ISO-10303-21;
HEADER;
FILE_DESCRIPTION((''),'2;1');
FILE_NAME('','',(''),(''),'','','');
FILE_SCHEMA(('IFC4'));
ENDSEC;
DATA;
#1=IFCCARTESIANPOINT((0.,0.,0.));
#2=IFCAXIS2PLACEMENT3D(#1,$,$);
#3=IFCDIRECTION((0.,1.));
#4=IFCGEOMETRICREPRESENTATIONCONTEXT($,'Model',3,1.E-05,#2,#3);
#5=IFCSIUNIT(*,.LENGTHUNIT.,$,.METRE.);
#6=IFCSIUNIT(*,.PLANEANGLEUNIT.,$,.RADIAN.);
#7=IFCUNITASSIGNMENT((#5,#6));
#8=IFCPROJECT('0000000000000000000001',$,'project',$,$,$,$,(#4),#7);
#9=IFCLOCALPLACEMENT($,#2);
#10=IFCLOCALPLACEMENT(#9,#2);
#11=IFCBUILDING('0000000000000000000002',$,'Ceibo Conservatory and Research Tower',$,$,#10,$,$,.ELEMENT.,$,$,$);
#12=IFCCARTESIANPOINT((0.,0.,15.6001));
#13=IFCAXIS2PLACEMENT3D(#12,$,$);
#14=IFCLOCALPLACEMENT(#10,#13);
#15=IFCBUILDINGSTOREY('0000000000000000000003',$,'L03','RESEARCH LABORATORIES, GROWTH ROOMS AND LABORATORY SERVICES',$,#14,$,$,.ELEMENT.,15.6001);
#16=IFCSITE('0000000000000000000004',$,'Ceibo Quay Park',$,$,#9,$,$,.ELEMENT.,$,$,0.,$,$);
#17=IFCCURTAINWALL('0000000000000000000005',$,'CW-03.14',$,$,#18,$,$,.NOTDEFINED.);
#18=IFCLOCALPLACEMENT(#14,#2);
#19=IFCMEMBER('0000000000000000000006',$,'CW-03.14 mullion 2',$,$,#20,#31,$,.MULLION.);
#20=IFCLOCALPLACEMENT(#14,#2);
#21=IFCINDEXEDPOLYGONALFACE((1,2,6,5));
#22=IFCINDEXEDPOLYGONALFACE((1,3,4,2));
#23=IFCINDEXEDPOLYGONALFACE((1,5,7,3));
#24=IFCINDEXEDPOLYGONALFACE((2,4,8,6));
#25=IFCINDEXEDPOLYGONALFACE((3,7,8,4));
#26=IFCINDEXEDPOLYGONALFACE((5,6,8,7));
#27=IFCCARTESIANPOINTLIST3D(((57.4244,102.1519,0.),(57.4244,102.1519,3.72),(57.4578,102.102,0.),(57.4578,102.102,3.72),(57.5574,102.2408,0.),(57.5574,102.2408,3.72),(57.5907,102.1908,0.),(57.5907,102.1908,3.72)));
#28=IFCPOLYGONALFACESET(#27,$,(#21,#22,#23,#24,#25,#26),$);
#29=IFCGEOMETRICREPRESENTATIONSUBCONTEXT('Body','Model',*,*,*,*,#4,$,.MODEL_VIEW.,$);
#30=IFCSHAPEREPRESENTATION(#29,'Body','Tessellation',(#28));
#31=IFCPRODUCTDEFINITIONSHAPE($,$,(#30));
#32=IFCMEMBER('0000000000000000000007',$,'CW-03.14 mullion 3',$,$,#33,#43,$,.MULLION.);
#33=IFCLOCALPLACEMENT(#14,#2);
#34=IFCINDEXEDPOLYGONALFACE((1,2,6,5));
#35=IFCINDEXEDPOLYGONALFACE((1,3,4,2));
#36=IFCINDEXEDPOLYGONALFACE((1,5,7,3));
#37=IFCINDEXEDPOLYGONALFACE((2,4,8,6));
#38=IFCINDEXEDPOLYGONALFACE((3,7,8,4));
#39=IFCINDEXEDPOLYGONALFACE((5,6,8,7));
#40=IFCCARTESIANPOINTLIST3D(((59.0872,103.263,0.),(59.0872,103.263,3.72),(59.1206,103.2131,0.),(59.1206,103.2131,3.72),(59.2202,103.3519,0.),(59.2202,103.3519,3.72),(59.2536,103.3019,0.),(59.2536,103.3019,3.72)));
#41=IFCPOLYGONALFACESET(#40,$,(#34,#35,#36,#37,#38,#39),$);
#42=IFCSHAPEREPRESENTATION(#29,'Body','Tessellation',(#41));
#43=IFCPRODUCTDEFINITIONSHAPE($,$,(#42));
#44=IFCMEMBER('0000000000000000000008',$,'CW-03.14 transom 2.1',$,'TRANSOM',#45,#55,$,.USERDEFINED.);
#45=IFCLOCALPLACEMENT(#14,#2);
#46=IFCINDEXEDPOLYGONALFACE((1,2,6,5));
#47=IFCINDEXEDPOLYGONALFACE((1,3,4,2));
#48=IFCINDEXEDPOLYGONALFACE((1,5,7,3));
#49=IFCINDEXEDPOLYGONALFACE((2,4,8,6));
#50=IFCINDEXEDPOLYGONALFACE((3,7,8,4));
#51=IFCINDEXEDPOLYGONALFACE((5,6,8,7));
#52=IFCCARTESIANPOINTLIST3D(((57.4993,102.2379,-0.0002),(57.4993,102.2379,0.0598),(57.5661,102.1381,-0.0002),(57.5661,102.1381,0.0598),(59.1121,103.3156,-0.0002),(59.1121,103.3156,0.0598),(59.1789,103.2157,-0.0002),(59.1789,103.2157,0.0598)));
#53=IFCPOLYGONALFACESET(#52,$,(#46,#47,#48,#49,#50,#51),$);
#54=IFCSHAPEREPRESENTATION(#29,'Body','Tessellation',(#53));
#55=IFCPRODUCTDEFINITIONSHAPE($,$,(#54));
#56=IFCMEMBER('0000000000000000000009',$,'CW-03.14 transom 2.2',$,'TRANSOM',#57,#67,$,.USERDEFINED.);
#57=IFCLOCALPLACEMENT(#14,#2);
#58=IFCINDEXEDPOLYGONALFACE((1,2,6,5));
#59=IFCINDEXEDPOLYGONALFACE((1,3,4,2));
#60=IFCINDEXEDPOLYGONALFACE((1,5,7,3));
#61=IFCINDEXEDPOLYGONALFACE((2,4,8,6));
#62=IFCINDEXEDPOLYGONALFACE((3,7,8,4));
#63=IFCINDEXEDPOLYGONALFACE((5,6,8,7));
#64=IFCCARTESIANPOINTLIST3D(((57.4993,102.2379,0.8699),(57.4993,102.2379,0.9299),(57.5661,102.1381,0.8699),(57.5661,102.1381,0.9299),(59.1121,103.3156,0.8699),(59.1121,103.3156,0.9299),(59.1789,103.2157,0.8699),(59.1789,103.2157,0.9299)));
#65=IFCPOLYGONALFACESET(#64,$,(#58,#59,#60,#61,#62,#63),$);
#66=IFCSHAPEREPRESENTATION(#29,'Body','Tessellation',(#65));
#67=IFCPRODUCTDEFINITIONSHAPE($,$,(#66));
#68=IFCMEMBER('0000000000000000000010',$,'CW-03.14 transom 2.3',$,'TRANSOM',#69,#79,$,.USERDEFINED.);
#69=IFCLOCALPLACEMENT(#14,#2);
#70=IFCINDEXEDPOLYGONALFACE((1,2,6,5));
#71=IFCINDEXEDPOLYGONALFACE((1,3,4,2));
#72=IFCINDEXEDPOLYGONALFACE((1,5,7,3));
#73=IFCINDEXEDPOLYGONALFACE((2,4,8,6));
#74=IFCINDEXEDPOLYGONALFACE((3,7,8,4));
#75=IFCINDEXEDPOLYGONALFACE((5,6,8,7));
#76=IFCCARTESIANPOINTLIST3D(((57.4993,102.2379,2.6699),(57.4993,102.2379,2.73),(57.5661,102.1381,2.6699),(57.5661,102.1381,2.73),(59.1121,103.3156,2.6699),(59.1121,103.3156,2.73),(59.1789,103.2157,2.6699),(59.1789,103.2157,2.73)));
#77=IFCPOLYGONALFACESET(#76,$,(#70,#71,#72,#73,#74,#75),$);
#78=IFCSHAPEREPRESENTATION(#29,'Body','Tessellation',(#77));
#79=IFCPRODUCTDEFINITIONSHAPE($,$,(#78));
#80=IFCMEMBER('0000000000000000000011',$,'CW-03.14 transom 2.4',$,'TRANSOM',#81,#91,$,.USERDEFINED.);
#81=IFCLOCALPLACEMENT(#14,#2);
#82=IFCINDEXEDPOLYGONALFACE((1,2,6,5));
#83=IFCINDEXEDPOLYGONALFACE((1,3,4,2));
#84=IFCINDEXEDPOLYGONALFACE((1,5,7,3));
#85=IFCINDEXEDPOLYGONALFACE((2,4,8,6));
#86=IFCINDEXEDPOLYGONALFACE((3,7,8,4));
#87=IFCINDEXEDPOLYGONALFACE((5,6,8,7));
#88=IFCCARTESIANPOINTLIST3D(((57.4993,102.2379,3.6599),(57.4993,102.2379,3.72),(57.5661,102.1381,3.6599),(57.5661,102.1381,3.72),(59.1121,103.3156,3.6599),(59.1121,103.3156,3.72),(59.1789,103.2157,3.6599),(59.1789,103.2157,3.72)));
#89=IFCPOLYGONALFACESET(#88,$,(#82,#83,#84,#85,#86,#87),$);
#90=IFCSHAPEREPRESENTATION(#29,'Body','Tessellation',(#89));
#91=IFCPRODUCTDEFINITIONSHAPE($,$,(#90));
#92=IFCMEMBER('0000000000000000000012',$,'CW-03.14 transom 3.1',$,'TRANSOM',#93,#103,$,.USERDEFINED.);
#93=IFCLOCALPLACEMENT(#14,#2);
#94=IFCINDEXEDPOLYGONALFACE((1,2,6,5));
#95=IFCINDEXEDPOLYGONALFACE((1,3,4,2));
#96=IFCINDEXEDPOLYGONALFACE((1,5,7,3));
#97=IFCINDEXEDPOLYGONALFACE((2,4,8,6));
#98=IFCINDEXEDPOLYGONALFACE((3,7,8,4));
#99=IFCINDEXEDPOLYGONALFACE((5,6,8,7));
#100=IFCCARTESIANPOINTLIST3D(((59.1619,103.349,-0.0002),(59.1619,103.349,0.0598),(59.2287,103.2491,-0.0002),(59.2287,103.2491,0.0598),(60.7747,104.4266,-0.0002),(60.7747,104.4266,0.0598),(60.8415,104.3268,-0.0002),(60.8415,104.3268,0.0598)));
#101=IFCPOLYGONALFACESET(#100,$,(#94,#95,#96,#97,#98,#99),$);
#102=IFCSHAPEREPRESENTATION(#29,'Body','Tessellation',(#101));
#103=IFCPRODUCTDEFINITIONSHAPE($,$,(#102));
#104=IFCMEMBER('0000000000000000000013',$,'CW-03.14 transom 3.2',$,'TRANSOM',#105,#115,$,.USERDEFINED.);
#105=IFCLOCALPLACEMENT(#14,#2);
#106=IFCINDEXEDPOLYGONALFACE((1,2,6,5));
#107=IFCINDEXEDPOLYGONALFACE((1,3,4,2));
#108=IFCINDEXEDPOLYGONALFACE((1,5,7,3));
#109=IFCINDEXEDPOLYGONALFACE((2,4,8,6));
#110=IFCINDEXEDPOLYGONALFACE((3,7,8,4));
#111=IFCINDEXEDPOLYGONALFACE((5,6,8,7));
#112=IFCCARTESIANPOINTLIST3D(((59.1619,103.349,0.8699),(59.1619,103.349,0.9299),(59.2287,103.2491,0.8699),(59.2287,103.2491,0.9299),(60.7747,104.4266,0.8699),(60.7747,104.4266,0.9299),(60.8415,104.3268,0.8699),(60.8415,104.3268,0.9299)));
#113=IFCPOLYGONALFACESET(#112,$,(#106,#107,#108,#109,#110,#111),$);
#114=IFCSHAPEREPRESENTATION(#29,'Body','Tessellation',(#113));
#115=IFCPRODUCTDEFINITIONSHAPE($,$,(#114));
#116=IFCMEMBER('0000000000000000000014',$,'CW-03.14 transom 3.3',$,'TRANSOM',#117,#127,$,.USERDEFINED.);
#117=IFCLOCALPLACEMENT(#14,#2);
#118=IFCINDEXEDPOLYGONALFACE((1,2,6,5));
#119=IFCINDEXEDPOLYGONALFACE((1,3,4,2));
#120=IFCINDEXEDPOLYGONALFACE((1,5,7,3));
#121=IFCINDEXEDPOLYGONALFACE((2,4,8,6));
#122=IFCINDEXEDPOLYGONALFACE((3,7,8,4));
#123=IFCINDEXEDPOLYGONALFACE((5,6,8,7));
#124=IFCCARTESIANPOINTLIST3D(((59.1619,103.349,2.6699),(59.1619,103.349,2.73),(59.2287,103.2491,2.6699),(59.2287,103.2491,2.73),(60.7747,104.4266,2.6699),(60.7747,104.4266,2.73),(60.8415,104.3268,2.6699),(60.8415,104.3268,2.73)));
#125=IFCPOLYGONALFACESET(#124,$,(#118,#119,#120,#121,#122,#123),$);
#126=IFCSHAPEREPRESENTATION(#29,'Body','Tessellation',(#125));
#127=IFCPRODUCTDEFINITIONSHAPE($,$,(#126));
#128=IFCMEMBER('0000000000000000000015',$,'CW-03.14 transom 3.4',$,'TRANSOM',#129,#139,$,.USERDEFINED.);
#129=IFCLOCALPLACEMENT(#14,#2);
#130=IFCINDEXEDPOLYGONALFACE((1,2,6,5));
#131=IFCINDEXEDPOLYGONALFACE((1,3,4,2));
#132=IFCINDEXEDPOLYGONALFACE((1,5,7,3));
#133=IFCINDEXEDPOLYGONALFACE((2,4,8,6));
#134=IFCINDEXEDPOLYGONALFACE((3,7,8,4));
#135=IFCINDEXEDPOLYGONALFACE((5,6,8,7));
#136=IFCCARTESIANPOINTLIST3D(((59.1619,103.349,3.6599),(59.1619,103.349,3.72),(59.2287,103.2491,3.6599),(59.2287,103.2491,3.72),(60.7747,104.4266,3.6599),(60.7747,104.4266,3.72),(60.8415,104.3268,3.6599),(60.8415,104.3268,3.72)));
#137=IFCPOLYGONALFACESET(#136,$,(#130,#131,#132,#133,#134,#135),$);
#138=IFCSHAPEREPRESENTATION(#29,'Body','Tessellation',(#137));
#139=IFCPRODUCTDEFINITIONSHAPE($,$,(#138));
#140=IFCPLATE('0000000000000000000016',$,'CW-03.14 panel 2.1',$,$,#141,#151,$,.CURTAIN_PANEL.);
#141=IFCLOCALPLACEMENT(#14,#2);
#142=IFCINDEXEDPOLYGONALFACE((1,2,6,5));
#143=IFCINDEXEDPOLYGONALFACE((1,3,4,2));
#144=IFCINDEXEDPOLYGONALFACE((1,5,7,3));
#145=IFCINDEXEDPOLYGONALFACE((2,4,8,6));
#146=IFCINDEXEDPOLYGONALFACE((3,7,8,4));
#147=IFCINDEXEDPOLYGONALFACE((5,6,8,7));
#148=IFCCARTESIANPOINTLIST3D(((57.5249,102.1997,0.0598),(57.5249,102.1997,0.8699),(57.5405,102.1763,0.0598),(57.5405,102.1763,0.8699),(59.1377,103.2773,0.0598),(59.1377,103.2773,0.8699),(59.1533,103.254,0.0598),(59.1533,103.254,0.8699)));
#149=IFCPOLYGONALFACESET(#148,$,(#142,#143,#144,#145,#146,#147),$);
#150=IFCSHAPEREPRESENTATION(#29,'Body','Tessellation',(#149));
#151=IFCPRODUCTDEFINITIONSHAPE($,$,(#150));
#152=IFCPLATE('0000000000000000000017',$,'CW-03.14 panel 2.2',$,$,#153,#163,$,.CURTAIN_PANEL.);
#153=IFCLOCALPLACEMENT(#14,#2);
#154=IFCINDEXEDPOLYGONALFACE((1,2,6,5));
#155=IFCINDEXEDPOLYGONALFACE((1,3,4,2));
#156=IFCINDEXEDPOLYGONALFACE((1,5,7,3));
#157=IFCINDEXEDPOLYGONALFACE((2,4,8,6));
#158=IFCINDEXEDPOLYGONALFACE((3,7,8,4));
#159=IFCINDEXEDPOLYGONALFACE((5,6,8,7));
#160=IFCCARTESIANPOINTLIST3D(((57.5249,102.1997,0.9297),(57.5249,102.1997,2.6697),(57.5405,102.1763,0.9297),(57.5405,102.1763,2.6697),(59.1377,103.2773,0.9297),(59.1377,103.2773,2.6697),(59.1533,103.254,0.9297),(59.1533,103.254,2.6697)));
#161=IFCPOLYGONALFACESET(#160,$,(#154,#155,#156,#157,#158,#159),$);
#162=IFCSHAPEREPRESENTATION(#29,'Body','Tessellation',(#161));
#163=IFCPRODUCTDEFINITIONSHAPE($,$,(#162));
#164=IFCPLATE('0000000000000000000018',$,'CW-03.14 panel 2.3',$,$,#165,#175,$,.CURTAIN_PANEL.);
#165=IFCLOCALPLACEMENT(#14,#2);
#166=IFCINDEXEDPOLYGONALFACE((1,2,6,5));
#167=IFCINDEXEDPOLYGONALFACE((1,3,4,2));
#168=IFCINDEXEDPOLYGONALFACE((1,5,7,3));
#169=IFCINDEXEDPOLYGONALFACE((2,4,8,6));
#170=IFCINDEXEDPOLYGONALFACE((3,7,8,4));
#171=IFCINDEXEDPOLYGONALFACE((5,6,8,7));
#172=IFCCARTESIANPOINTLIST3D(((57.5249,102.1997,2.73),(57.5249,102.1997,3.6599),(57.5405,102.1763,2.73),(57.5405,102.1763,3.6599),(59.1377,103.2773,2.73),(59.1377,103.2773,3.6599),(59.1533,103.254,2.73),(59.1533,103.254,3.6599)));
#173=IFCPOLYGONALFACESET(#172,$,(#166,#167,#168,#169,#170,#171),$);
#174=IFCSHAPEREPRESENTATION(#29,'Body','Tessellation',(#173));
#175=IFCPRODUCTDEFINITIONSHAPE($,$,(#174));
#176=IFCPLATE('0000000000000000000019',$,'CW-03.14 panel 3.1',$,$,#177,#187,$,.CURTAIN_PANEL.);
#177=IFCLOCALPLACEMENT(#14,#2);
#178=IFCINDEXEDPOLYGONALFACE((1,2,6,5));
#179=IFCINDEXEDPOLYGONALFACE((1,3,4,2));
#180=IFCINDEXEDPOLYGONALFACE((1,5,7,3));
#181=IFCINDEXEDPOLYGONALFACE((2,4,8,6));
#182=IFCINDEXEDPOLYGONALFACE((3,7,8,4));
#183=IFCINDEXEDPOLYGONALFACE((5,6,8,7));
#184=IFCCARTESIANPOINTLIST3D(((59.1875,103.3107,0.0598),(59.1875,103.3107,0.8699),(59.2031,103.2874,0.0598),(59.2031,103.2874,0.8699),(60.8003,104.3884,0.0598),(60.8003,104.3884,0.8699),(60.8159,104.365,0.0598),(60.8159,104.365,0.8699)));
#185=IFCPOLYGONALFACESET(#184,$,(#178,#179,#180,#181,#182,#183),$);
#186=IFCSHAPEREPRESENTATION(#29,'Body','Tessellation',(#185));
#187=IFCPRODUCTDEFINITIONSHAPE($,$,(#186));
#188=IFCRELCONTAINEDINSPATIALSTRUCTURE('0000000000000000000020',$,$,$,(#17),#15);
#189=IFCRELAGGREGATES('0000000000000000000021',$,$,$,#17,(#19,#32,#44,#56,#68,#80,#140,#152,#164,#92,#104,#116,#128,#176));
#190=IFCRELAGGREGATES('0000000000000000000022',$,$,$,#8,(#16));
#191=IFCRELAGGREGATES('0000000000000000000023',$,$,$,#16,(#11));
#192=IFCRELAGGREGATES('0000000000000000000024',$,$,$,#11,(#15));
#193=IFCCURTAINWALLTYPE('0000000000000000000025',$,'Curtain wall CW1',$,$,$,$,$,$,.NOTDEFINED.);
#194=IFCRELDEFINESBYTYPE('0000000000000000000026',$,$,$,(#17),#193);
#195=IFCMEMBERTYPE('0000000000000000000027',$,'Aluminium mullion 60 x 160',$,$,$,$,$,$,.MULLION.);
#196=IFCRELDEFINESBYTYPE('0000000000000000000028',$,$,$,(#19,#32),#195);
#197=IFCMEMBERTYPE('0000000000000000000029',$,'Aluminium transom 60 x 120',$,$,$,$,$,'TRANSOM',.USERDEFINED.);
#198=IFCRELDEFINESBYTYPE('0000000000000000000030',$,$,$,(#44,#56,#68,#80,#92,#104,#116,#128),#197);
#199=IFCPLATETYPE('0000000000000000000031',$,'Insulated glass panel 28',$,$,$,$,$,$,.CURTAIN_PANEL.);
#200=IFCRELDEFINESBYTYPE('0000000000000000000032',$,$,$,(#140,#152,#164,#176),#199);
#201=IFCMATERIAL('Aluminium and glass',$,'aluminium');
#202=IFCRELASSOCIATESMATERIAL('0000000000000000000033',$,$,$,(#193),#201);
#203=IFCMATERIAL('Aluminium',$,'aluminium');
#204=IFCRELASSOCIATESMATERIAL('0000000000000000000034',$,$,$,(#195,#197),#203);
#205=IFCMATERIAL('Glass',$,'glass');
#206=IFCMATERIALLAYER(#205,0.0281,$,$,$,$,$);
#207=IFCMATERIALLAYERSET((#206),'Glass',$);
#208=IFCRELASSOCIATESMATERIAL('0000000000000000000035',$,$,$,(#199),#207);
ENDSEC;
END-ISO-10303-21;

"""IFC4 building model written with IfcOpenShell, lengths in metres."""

from ifc_helpers import new_model, si_unit, direction, frame, origin, origin_2d, place, context, subcontext, project, spatial, rectangle, extrude, material, layer, layer_set, material_profile, profile_set, type_object, element, aggregate, save


model = new_model("IFC4")

# Units and contexts
model_context = context("Model", 3, precision=1e-05, world=origin(), true_north=direction((0.0, 1.0)))
body_context = subcontext(model_context, "Body", "Model", "MODEL_VIEW")
ifc_project = project(units=[si_unit("LENGTHUNIT", "METRE"), si_unit("PLANEANGLEUNIT", "RADIAN")], contexts=[model_context])

# Site, building, storey
site_placement = place(None, origin())
site = spatial("IfcSite", under=ifc_project, at=site_placement, Name="Ceibo Quay Park", CompositionType="ELEMENT", RefElevation=0.0)
building_placement = place(site_placement, origin())
building = spatial("IfcBuilding", under=site, at=building_placement, Name="Ceibo Conservatory and Research Tower", CompositionType="ELEMENT")
storey_placement = place(building_placement, frame((0.0, 0.0, 15.6001)))
storey = spatial("IfcBuildingStorey", under=building, at=storey_placement, Name="L03", Description="RESEARCH LABORATORIES, GROWTH ROOMS AND LABORATORY SERVICES", CompositionType="ELEMENT", Elevation=15.6001)

# Curtain wall, members, plates
ifc_material_1 = material(Name="Aluminium and glass", Category="aluminium")
curtain_wall_type = type_object("IfcCurtainWallType", Name="Curtain wall CW1", PredefinedType="NOTDEFINED", material=ifc_material_1)
curtain_wall_placement = place(storey_placement, origin())
curtain_wall = element("IfcCurtainWall", 1, at=curtain_wall_placement, inside=storey, type_object=curtain_wall_type, Name="CW-03.14", PredefinedType="NOTDEFINED")
ifc_material_2 = material(Name="Aluminium", Category="aluminium")
ifc_material_profile_1 = material_profile(ifc_material_2, rectangle(XDim=0.0601, YDim=0.1599, at=origin_2d()), Name="Aluminium 60 x 160")
ifc_profile_set_1 = profile_set([ifc_material_profile_1], Name="Aluminium")
member_type_1 = type_object("IfcMemberType", Name="Aluminium mullion 60 x 160", PredefinedType="MULLION", material=ifc_profile_set_1)
member_1_placement = place(storey_placement, frame((57.5076, 102.1714, 0.0), z_axis=(0.0, 0.0, 1.0), x_axis=(-0.55557, 0.83147, 0.0)))
member_1 = element("IfcMember", 2, at=member_1_placement, type_object=member_type_1, Name="CW-03.14 mullion 2", PredefinedType="MULLION", context=body_context, shape_type="SweptSolid", body=[
    extrude(rectangle(XDim=0.0601, YDim=0.1599, at=origin_2d()), origin(), (0.0, 0.0, 1.0), 3.72),
])
member_2_placement = place(storey_placement, frame((59.1704, 103.2825, 0.0), z_axis=(0.0, 0.0, 1.0), x_axis=(-0.55557, 0.83147, 0.0)))
member_2 = element("IfcMember", 3, at=member_2_placement, type_object=member_type_1, Name="CW-03.14 mullion 3", PredefinedType="MULLION", context=body_context, shape_type="SweptSolid", body=[
    extrude(rectangle(XDim=0.0601, YDim=0.1599, at=origin_2d()), origin(), (0.0, 0.0, 1.0), 3.72),
])
ifc_material_profile_2 = material_profile(ifc_material_2, rectangle(XDim=0.1201, YDim=0.0601, at=origin_2d()), Name="Aluminium 60 x 120")
ifc_profile_set_2 = profile_set([ifc_material_profile_2], Name="Aluminium")
member_type_2 = type_object("IfcMemberType", Name="Aluminium transom 60 x 120", ElementType="TRANSOM", PredefinedType="USERDEFINED", material=ifc_profile_set_2)
member_3_placement = place(storey_placement, frame((57.5327, 102.188, 0.0298), z_axis=(0.831469, 0.555571, 0.0), x_axis=(-0.555571, 0.831469, 0.0)))
member_3 = element("IfcMember", 4, at=member_3_placement, type_object=member_type_2, Name="CW-03.14 transom 2.1", ObjectType="TRANSOM", PredefinedType="USERDEFINED", context=body_context, shape_type="SweptSolid", body=[
    extrude(rectangle(XDim=0.1201, YDim=0.0601, at=origin_2d()), origin(), (0.0, 0.0, 1.0), 1.9397),
])
member_4_placement = place(storey_placement, frame((57.5327, 102.188, 0.8999), z_axis=(0.831469, 0.555571, 0.0), x_axis=(-0.555571, 0.831469, 0.0)))
member_4 = element("IfcMember", 5, at=member_4_placement, type_object=member_type_2, Name="CW-03.14 transom 2.2", ObjectType="TRANSOM", PredefinedType="USERDEFINED", context=body_context, shape_type="SweptSolid", body=[
    extrude(rectangle(XDim=0.1201, YDim=0.0601, at=origin_2d()), origin(), (0.0, 0.0, 1.0), 1.9397),
])
member_5_placement = place(storey_placement, frame((57.5327, 102.188, 2.7), z_axis=(0.831469, 0.555571, 0.0), x_axis=(-0.555571, 0.831469, 0.0)))
member_5 = element("IfcMember", 6, at=member_5_placement, type_object=member_type_2, Name="CW-03.14 transom 2.3", ObjectType="TRANSOM", PredefinedType="USERDEFINED", context=body_context, shape_type="SweptSolid", body=[
    extrude(rectangle(XDim=0.1201, YDim=0.0601, at=origin_2d()), origin(), (0.0, 0.0, 1.0), 1.9397),
])
member_6_placement = place(storey_placement, frame((57.5327, 102.188, 3.6899), z_axis=(0.831469, 0.555571, 0.0), x_axis=(-0.555571, 0.831469, 0.0)))
member_6 = element("IfcMember", 7, at=member_6_placement, type_object=member_type_2, Name="CW-03.14 transom 2.4", ObjectType="TRANSOM", PredefinedType="USERDEFINED", context=body_context, shape_type="SweptSolid", body=[
    extrude(rectangle(XDim=0.1201, YDim=0.0601, at=origin_2d()), origin(), (0.0, 0.0, 1.0), 1.9397),
])
member_7_placement = place(storey_placement, frame((59.1953, 103.2991, 0.0298), z_axis=(0.831469, 0.555571, 0.0), x_axis=(-0.555571, 0.831469, 0.0)))
member_7 = element("IfcMember", 8, at=member_7_placement, type_object=member_type_2, Name="CW-03.14 transom 3.1", ObjectType="TRANSOM", PredefinedType="USERDEFINED", context=body_context, shape_type="SweptSolid", body=[
    extrude(rectangle(XDim=0.1201, YDim=0.0601, at=origin_2d()), origin(), (0.0, 0.0, 1.0), 1.9397),
])
member_8_placement = place(storey_placement, frame((59.1953, 103.2991, 0.8999), z_axis=(0.831469, 0.555571, 0.0), x_axis=(-0.555571, 0.831469, 0.0)))
member_8 = element("IfcMember", 9, at=member_8_placement, type_object=member_type_2, Name="CW-03.14 transom 3.2", ObjectType="TRANSOM", PredefinedType="USERDEFINED", context=body_context, shape_type="SweptSolid", body=[
    extrude(rectangle(XDim=0.1201, YDim=0.0601, at=origin_2d()), origin(), (0.0, 0.0, 1.0), 1.9397),
])
member_9_placement = place(storey_placement, frame((59.1953, 103.2991, 2.7), z_axis=(0.831469, 0.555571, 0.0), x_axis=(-0.555571, 0.831469, 0.0)))
member_9 = element("IfcMember", 10, at=member_9_placement, type_object=member_type_2, Name="CW-03.14 transom 3.3", ObjectType="TRANSOM", PredefinedType="USERDEFINED", context=body_context, shape_type="SweptSolid", body=[
    extrude(rectangle(XDim=0.1201, YDim=0.0601, at=origin_2d()), origin(), (0.0, 0.0, 1.0), 1.9397),
])
member_10_placement = place(storey_placement, frame((59.1953, 103.2991, 3.6899), z_axis=(0.831469, 0.555571, 0.0), x_axis=(-0.555571, 0.831469, 0.0)))
member_10 = element("IfcMember", 11, at=member_10_placement, type_object=member_type_2, Name="CW-03.14 transom 3.4", ObjectType="TRANSOM", PredefinedType="USERDEFINED", context=body_context, shape_type="SweptSolid", body=[
    extrude(rectangle(XDim=0.1201, YDim=0.0601, at=origin_2d()), origin(), (0.0, 0.0, 1.0), 1.9397),
])
ifc_material_3 = material(Name="Glass", Category="glass")
ifc_layer = layer(ifc_material_3, 0.0281)
ifc_layer_set = layer_set([ifc_layer], Name="Glass")
plate_type = type_object("IfcPlateType", Name="Insulated glass panel 28", PredefinedType="CURTAIN_PANEL", material=ifc_layer_set)
plate_1_placement = place(storey_placement, frame((58.3391, 102.7268, 0.0598), z_axis=(0.0, 0.0, 1.0), x_axis=(0.83147, 0.55557, 0.0)))
plate_1 = element("IfcPlate", 12, at=plate_1_placement, type_object=plate_type, Name="CW-03.14 panel 2.1", PredefinedType="CURTAIN_PANEL", context=body_context, shape_type="SweptSolid", body=[
    extrude(rectangle(XDim=1.9397, YDim=0.0281, at=origin_2d()), origin(), (0.0, 0.0, 1.0), 0.8101),
])
plate_2_placement = place(storey_placement, frame((58.3391, 102.7268, 0.9297), z_axis=(0.0, 0.0, 1.0), x_axis=(0.83147, 0.55557, 0.0)))
plate_2 = element("IfcPlate", 13, at=plate_2_placement, type_object=plate_type, Name="CW-03.14 panel 2.2", PredefinedType="CURTAIN_PANEL", context=body_context, shape_type="SweptSolid", body=[
    extrude(rectangle(XDim=1.9397, YDim=0.0281, at=origin_2d()), origin(), (0.0, 0.0, 1.0), 1.74),
])
plate_3_placement = place(storey_placement, frame((58.3391, 102.7268, 2.73), z_axis=(0.0, 0.0, 1.0), x_axis=(0.83147, 0.55557, 0.0)))
plate_3 = element("IfcPlate", 14, at=plate_3_placement, type_object=plate_type, Name="CW-03.14 panel 2.3", PredefinedType="CURTAIN_PANEL", context=body_context, shape_type="SweptSolid", body=[
    extrude(rectangle(XDim=1.9397, YDim=0.0281, at=origin_2d()), origin(), (0.0, 0.0, 1.0), 0.9299),
])
plate_4_placement = place(storey_placement, frame((60.0017, 103.8379, 0.0598), z_axis=(0.0, 0.0, 1.0), x_axis=(0.83147, 0.55557, 0.0)))
plate_4 = element("IfcPlate", 15, at=plate_4_placement, type_object=plate_type, Name="CW-03.14 panel 3.1", PredefinedType="CURTAIN_PANEL", context=body_context, shape_type="SweptSolid", body=[
    extrude(rectangle(XDim=1.9397, YDim=0.0281, at=origin_2d()), origin(), (0.0, 0.0, 1.0), 0.8101),
])
aggregate(curtain_wall, [member_1, member_2, member_3, member_4, member_5, member_6, plate_1, plate_2, plate_3, member_7, member_8, member_9, member_10, plate_4])

save(model, "model.ifc")
